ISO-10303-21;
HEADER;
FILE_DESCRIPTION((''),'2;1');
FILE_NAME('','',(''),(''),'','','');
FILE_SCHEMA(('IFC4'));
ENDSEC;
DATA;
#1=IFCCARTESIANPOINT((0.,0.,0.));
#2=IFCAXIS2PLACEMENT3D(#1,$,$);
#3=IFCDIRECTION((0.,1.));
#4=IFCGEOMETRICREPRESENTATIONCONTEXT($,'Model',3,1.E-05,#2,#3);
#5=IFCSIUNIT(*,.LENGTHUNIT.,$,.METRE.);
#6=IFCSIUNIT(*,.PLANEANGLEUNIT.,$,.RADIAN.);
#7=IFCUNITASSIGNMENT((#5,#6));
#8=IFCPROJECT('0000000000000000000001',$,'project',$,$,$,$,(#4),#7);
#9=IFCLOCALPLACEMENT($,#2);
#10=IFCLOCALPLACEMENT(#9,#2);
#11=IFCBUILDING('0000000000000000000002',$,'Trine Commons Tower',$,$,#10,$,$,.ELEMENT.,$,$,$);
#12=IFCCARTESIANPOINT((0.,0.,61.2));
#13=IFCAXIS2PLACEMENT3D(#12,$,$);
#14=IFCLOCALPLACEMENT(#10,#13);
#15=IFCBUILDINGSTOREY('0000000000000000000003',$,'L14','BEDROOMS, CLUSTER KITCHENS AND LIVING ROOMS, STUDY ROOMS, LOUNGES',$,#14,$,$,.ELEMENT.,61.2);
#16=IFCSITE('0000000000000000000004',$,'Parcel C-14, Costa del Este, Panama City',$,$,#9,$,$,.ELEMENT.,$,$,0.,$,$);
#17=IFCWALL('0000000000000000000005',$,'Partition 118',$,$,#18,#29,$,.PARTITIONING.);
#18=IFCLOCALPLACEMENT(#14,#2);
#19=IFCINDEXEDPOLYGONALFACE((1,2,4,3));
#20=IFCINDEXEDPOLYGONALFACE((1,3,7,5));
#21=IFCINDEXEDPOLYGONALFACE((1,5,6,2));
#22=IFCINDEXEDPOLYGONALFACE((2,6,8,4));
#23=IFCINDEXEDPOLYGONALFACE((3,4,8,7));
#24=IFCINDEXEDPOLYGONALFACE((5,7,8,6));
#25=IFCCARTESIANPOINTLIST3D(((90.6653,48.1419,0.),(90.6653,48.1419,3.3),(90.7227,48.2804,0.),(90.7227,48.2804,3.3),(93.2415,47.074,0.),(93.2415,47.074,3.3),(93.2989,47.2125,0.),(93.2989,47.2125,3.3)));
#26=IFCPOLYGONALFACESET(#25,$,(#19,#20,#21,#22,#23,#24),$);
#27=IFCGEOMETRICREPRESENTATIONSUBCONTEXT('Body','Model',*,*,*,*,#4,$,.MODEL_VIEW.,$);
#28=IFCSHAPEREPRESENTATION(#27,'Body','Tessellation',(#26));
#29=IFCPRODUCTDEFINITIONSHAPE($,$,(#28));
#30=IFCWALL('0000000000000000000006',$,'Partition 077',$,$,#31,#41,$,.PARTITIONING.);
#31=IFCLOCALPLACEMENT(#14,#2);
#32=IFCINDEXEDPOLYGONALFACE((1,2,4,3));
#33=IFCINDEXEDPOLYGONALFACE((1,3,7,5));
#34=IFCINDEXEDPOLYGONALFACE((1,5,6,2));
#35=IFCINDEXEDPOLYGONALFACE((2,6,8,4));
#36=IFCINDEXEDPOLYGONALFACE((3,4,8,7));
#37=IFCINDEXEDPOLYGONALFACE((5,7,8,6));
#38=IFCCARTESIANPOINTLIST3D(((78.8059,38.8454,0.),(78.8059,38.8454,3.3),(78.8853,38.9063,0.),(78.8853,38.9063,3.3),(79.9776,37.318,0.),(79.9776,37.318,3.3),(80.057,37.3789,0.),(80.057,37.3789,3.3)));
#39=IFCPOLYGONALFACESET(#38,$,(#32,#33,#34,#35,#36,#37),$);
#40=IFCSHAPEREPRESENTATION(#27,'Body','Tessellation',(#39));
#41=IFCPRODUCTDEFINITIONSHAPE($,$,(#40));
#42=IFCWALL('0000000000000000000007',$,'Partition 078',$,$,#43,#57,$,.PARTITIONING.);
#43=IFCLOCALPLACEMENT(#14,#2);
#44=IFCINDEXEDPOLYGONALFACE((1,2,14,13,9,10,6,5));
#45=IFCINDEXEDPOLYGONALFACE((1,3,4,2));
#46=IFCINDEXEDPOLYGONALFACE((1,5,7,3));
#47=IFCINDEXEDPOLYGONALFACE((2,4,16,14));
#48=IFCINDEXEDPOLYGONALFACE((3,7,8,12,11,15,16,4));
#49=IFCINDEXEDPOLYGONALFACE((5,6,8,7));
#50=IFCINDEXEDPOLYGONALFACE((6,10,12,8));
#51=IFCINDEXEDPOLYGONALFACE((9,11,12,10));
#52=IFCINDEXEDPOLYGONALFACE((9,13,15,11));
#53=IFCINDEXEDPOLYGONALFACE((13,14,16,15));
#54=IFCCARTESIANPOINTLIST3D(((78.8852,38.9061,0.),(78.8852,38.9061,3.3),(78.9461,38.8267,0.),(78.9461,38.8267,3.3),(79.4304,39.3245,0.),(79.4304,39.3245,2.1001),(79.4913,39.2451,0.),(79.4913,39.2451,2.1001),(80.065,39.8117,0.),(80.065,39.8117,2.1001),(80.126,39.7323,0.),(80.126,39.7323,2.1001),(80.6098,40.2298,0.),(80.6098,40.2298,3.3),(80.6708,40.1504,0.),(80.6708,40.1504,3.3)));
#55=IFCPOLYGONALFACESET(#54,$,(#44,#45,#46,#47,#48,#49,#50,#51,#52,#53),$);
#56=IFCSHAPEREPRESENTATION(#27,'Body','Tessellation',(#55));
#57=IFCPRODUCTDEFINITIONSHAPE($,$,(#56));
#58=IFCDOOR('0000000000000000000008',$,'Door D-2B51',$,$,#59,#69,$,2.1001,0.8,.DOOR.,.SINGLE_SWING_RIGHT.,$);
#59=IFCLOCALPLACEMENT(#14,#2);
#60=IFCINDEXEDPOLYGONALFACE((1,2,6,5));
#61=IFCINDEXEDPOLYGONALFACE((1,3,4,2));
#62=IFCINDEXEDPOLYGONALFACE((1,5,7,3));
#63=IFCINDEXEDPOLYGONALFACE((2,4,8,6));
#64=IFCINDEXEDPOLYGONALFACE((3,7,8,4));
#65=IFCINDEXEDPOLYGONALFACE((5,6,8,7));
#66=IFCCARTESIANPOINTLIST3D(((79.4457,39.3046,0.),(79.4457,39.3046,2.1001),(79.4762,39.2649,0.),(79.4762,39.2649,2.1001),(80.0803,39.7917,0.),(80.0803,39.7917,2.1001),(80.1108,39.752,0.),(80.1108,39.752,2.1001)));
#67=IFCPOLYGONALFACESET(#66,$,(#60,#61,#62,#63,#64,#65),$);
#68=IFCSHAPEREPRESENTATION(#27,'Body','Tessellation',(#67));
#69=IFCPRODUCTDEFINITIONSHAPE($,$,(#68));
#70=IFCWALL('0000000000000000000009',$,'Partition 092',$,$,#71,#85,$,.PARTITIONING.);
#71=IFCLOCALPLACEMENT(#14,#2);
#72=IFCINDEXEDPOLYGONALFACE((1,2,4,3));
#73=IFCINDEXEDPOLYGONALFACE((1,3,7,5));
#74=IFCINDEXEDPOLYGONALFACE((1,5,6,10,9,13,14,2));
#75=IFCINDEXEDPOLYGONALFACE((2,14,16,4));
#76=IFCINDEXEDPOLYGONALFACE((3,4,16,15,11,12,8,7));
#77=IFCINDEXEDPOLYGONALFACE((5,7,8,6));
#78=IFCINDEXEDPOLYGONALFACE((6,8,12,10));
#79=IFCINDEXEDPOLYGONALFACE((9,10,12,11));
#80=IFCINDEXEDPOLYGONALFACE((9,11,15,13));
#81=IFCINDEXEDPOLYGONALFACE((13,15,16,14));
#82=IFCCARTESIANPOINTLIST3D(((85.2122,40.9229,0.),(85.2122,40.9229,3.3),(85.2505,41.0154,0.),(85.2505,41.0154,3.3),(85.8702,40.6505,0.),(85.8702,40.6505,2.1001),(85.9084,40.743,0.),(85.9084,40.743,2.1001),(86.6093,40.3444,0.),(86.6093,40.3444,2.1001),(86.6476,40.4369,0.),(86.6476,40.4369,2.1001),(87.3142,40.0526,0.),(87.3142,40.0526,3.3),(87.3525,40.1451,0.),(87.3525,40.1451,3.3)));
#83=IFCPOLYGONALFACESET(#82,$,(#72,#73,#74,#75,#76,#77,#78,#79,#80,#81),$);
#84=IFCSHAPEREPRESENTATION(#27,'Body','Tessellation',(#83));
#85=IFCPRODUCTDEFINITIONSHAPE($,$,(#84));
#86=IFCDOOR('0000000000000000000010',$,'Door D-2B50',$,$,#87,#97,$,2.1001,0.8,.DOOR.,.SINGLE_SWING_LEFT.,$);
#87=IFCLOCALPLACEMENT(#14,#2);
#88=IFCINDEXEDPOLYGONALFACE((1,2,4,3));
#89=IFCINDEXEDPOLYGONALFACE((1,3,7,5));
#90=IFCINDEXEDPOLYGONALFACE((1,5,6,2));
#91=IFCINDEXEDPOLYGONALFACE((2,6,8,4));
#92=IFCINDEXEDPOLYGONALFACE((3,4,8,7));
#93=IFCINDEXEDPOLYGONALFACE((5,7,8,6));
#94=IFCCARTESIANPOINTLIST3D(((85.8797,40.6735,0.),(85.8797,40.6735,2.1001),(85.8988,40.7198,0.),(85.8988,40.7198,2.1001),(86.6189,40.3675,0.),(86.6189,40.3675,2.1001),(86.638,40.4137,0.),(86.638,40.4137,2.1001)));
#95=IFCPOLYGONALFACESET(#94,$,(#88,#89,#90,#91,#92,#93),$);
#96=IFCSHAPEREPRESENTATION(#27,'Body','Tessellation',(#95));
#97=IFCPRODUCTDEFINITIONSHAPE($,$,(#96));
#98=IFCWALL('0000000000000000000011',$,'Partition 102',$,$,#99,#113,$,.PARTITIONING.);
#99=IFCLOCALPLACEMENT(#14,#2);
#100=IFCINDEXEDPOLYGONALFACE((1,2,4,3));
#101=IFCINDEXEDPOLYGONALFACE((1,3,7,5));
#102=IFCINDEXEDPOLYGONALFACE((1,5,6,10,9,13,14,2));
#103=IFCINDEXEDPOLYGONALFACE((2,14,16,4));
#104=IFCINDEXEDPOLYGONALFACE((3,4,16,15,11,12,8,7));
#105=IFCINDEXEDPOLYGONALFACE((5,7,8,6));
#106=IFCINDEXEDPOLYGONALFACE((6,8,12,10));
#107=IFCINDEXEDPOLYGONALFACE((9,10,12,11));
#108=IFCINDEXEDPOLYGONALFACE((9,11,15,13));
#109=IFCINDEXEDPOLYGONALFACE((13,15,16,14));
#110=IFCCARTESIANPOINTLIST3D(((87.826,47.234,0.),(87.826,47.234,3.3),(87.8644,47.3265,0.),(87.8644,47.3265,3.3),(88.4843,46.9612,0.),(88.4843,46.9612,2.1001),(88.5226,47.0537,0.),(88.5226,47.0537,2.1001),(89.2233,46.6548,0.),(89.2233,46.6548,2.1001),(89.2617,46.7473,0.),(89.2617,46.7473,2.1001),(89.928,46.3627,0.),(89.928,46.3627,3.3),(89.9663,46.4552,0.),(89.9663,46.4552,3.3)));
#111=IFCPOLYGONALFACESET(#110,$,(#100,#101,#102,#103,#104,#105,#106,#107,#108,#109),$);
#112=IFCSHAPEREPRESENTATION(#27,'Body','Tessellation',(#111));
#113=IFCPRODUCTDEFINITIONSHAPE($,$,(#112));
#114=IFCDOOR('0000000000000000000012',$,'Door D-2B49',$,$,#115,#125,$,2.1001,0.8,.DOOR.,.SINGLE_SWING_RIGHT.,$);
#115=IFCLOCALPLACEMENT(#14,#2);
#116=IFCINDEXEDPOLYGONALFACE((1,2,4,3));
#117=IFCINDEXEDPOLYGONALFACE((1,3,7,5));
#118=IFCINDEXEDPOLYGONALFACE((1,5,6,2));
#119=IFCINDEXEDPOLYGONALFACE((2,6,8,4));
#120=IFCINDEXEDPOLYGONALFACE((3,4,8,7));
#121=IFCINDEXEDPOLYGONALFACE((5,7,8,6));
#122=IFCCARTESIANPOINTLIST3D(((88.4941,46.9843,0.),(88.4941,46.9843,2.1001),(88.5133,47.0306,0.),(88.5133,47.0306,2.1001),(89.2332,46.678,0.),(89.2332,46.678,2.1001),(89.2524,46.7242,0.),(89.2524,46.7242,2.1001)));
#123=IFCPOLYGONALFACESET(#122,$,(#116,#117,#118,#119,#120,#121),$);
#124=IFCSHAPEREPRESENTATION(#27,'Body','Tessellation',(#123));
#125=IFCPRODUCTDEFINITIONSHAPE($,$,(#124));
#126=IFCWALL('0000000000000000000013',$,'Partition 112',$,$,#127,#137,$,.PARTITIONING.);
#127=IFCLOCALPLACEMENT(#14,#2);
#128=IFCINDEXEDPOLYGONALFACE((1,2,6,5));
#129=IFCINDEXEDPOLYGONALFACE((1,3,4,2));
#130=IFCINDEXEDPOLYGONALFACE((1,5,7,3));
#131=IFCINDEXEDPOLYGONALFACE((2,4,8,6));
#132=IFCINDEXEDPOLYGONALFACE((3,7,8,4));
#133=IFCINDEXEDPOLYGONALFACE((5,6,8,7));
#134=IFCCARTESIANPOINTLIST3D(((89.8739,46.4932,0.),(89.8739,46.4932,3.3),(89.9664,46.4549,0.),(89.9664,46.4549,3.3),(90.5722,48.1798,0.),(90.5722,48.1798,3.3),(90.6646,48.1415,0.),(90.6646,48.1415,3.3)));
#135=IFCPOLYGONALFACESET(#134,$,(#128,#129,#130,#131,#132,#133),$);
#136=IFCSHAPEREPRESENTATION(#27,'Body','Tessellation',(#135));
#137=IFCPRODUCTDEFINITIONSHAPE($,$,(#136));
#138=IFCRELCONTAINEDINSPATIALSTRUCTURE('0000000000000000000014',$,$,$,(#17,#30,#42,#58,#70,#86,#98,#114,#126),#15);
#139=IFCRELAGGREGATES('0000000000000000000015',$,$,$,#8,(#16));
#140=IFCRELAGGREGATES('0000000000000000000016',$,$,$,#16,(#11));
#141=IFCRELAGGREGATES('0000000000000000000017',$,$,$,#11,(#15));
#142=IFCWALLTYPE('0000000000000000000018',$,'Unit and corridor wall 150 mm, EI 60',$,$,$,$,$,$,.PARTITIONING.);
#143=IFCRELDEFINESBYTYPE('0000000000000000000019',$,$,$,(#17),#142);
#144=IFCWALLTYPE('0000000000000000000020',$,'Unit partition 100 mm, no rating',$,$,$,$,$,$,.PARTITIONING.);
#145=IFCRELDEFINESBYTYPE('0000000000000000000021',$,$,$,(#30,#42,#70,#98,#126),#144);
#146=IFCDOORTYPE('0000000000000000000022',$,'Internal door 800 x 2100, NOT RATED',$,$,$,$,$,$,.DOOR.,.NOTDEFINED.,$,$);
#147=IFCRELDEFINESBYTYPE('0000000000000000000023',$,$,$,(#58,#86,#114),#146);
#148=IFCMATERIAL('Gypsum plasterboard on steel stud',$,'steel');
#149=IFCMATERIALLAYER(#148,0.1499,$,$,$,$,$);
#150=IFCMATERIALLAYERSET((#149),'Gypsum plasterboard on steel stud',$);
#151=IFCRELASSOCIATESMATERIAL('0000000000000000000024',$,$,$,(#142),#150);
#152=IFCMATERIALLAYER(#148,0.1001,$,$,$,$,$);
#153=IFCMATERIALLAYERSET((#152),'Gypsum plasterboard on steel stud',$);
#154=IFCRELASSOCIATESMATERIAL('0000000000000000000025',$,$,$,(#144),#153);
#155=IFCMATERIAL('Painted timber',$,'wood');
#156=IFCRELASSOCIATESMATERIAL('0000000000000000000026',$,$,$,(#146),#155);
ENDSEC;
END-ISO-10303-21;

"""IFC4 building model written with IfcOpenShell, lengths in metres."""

from ifc_helpers import new_model, si_unit, direction, frame, frame_2d, origin, place, context, subcontext, project, spatial, rectangle, extrude, material, layer, layer_set, type_object, element, fill, save


model = new_model("IFC4")

# Units and contexts
model_context = context("Model", 3, precision=1e-05, world=origin(), true_north=direction((0.0, 1.0)))
body_context = subcontext(model_context, "Body", "Model", "MODEL_VIEW")
ifc_project = project(units=[si_unit("LENGTHUNIT", "METRE"), si_unit("PLANEANGLEUNIT", "RADIAN")], contexts=[model_context])

# Site, building, storey
site_placement = place(None, origin())
site = spatial("IfcSite", under=ifc_project, at=site_placement, Name="Parcel C-14, Costa del Este, Panama City", CompositionType="ELEMENT", RefElevation=0.0)
building_placement = place(site_placement, origin())
building = spatial("IfcBuilding", under=site, at=building_placement, Name="Trine Commons Tower", CompositionType="ELEMENT")
storey_placement = place(building_placement, frame((0.0, 0.0, 61.2)))
storey = spatial("IfcBuildingStorey", under=building, at=storey_placement, Name="L14", Description="BEDROOMS, CLUSTER KITCHENS AND LIVING ROOMS, STUDY ROOMS, LOUNGES", CompositionType="ELEMENT", Elevation=61.2)

# Shared definitions
ifc_material_1 = material(Name="Gypsum plasterboard on steel stud", Category="steel")
ifc_layer_1 = layer(ifc_material_1, 0.1499)
ifc_layer_set_1 = layer_set([ifc_layer_1], Name="Gypsum plasterboard on steel stud")
wall_type_1 = type_object("IfcWallType", Name="Unit and corridor wall 150 mm, EI 60", PredefinedType="PARTITIONING", material=ifc_layer_set_1)

# Shared definitions
ifc_material_2 = material(Name="Painted timber", Category="wood")

# Walls
wall_1_placement = place(storey_placement, frame((90.6938, 48.2112, 0.0), z_axis=(0.0, 0.0, 1.0), x_axis=(0.92378, -0.382924, 0.0)))
element("IfcWall", 1, at=wall_1_placement, inside=storey, type_object=wall_type_1, Name="Partition 118", PredefinedType="PARTITIONING", context=body_context, shape_type="SweptSolid", body=[
    extrude(rectangle(XDim=2.7888, YDim=0.1499, at=frame_2d((1.3945, 0.0))), origin(), (0.0, 0.0, 1.0), 3.3),
])
ifc_layer_2 = layer(ifc_material_1, 0.1001)
ifc_layer_set_2 = layer_set([ifc_layer_2], Name="Gypsum plasterboard on steel stud")
wall_type_2 = type_object("IfcWallType", Name="Unit partition 100 mm, no rating", PredefinedType="PARTITIONING", material=ifc_layer_set_2)
wall_2_placement = place(storey_placement, frame((78.8457, 38.8757, 0.0), z_axis=(0.0, 0.0, 1.0), x_axis=(0.60865, -0.793439, 0.0)))
element("IfcWall", 2, at=wall_2_placement, inside=storey, type_object=wall_type_2, Name="Partition 077", PredefinedType="PARTITIONING", context=body_context, shape_type="SweptSolid", body=[
    extrude(rectangle(XDim=1.925, YDim=0.1001, at=frame_2d((0.9624, 0.0))), origin(), (0.0, 0.0, 1.0), 3.3),
])

# Walls, openings, doors
wall_3_placement = place(storey_placement, frame((78.9158, 38.8665, 0.0), z_axis=(0.0, 0.0, 1.0), x_axis=(0.793266, 0.608875, 0.0)))
wall_3 = element("IfcWall", 3, at=wall_3_placement, inside=storey, type_object=wall_type_2, Name="Partition 078", PredefinedType="PARTITIONING", context=body_context, shape_type="SweptSolid", body=[
    extrude(rectangle(XDim=2.1741, YDim=0.1001, at=frame_2d((1.0869, 0.0))), origin(), (0.0, 0.0, 1.0), 3.3),
])
opening_1_placement = place(wall_3_placement, frame((0.6873, 0.0, 0.0)))
opening_1 = element("IfcOpeningElement", 4, at=opening_1_placement, cuts=wall_3, PredefinedType="OPENING", context=body_context, shape_type="SweptSolid", body=[
    extrude(rectangle(XDim=0.8, YDim=2.1001, at=frame_2d((0.3999, 1.05))), frame((0.0, 0.0601, 0.0), z_axis=(0.0, -1.0, 0.0), x_axis=(1.0, 0.0, 0.0)), (0.0, 0.0, 1.0), 0.1201),
])
door_type_1 = type_object("IfcDoorType", Name="Internal door 800 x 2100, NOT RATED", OperationType="NOTDEFINED", PredefinedType="DOOR", material=ifc_material_2)
door_1_placement = place(opening_1_placement, origin())
door_1 = element("IfcDoor", 5, at=door_1_placement, inside=storey, type_object=door_type_1, Name="Door D-2B51", OperationType="SINGLE_SWING_RIGHT", OverallHeight=2.1001, OverallWidth=0.8, PredefinedType="DOOR", context=body_context, shape_type="SweptSolid", body=[
    extrude(rectangle(XDim=0.8, YDim=2.1001, at=frame_2d((0.3999, 1.05))), frame((0.0, 0.0249, 0.0), z_axis=(0.0, -1.0, 0.0), x_axis=(1.0, 0.0, 0.0)), (0.0, 0.0, 1.0), 0.05),
])
fill(opening_1, door_1)
wall_4_placement = place(storey_placement, frame((85.2312, 40.9692, 0.0), z_axis=(0.0, 0.0, 1.0), x_axis=(0.923932, -0.382557, 0.0)))
wall_4 = element("IfcWall", 6, at=wall_4_placement, inside=storey, type_object=wall_type_2, Name="Partition 092", PredefinedType="PARTITIONING", context=body_context, shape_type="SweptSolid", body=[
    extrude(rectangle(XDim=2.2751, YDim=0.1001, at=frame_2d((1.1377, 0.0))), origin(), (0.0, 0.0, 1.0), 3.3),
])
opening_2_placement = place(wall_4_placement, frame((0.7124, 0.0, 0.0)))
opening_2 = element("IfcOpeningElement", 7, at=opening_2_placement, cuts=wall_4, PredefinedType="OPENING", context=body_context, shape_type="SweptSolid", body=[
    extrude(rectangle(XDim=0.8, YDim=2.1001, at=frame_2d((0.3999, 1.05))), frame((0.0, 0.0601, 0.0), z_axis=(0.0, -1.0, 0.0), x_axis=(1.0, 0.0, 0.0)), (0.0, 0.0, 1.0), 0.1201),
])
door_2_placement = place(opening_2_placement, origin())
door_2 = element("IfcDoor", 8, at=door_2_placement, inside=storey, type_object=door_type_1, Name="Door D-2B50", OperationType="SINGLE_SWING_LEFT", OverallHeight=2.1001, OverallWidth=0.8, PredefinedType="DOOR", context=body_context, shape_type="SweptSolid", body=[
    extrude(rectangle(XDim=0.8, YDim=2.1001, at=frame_2d((0.3999, 1.05))), frame((0.0, 0.0249, 0.0), z_axis=(0.0, -1.0, 0.0), x_axis=(1.0, 0.0, 0.0)), (0.0, 0.0, 1.0), 0.05),
])
fill(opening_2, door_2)
wall_5_placement = place(storey_placement, frame((87.8452, 47.2803, 0.0), z_axis=(0.0, 0.0, 1.0), x_axis=(0.92378, -0.382923, 0.0)))
wall_5 = element("IfcWall", 9, at=wall_5_placement, inside=storey, type_object=wall_type_2, Name="Partition 102", PredefinedType="PARTITIONING", context=body_context, shape_type="SweptSolid", body=[
    extrude(rectangle(XDim=2.2754, YDim=0.1001, at=frame_2d((1.1377, 0.0))), origin(), (0.0, 0.0, 1.0), 3.3),
])
opening_3_placement = place(wall_5_placement, frame((0.7126, 0.0, 0.0)))
opening_3 = element("IfcOpeningElement", 10, at=opening_3_placement, cuts=wall_5, PredefinedType="OPENING", context=body_context, shape_type="SweptSolid", body=[
    extrude(rectangle(XDim=0.8, YDim=2.1001, at=frame_2d((0.3999, 1.05))), frame((0.0, 0.0601, 0.0), z_axis=(0.0, -1.0, 0.0), x_axis=(1.0, 0.0, 0.0)), (0.0, 0.0, 1.0), 0.1201),
])
door_3_placement = place(opening_3_placement, frame((0.8, 0.0, 0.0), z_axis=(0.0, 0.0, 1.0), x_axis=(-1.0, 0.0, 0.0)))
door_3 = element("IfcDoor", 11, at=door_3_placement, inside=storey, type_object=door_type_1, Name="Door D-2B49", OperationType="SINGLE_SWING_RIGHT", OverallHeight=2.1001, OverallWidth=0.8, PredefinedType="DOOR", context=body_context, shape_type="SweptSolid", body=[
    extrude(rectangle(XDim=0.8, YDim=2.1001, at=frame_2d((0.3999, 1.05))), frame((0.0, 0.0249, 0.0), z_axis=(0.0, -1.0, 0.0), x_axis=(1.0, 0.0, 0.0)), (0.0, 0.0, 1.0), 0.05),
])
fill(opening_3, door_3)

# Wall
wall_6_placement = place(storey_placement, frame((89.9202, 46.4741, 0.0), z_axis=(0.0, 0.0, 1.0), x_axis=(0.382525, 0.923945, 0.0)))
element("IfcWall", 12, at=wall_6_placement, inside=storey, type_object=wall_type_2, Name="Partition 112", PredefinedType="PARTITIONING", context=body_context, shape_type="SweptSolid", body=[
    extrude(rectangle(XDim=1.8254, YDim=0.1001, at=frame_2d((0.9126, 0.0))), origin(), (0.0, 0.0, 1.0), 3.3),
])

save(model, "model.ifc")
